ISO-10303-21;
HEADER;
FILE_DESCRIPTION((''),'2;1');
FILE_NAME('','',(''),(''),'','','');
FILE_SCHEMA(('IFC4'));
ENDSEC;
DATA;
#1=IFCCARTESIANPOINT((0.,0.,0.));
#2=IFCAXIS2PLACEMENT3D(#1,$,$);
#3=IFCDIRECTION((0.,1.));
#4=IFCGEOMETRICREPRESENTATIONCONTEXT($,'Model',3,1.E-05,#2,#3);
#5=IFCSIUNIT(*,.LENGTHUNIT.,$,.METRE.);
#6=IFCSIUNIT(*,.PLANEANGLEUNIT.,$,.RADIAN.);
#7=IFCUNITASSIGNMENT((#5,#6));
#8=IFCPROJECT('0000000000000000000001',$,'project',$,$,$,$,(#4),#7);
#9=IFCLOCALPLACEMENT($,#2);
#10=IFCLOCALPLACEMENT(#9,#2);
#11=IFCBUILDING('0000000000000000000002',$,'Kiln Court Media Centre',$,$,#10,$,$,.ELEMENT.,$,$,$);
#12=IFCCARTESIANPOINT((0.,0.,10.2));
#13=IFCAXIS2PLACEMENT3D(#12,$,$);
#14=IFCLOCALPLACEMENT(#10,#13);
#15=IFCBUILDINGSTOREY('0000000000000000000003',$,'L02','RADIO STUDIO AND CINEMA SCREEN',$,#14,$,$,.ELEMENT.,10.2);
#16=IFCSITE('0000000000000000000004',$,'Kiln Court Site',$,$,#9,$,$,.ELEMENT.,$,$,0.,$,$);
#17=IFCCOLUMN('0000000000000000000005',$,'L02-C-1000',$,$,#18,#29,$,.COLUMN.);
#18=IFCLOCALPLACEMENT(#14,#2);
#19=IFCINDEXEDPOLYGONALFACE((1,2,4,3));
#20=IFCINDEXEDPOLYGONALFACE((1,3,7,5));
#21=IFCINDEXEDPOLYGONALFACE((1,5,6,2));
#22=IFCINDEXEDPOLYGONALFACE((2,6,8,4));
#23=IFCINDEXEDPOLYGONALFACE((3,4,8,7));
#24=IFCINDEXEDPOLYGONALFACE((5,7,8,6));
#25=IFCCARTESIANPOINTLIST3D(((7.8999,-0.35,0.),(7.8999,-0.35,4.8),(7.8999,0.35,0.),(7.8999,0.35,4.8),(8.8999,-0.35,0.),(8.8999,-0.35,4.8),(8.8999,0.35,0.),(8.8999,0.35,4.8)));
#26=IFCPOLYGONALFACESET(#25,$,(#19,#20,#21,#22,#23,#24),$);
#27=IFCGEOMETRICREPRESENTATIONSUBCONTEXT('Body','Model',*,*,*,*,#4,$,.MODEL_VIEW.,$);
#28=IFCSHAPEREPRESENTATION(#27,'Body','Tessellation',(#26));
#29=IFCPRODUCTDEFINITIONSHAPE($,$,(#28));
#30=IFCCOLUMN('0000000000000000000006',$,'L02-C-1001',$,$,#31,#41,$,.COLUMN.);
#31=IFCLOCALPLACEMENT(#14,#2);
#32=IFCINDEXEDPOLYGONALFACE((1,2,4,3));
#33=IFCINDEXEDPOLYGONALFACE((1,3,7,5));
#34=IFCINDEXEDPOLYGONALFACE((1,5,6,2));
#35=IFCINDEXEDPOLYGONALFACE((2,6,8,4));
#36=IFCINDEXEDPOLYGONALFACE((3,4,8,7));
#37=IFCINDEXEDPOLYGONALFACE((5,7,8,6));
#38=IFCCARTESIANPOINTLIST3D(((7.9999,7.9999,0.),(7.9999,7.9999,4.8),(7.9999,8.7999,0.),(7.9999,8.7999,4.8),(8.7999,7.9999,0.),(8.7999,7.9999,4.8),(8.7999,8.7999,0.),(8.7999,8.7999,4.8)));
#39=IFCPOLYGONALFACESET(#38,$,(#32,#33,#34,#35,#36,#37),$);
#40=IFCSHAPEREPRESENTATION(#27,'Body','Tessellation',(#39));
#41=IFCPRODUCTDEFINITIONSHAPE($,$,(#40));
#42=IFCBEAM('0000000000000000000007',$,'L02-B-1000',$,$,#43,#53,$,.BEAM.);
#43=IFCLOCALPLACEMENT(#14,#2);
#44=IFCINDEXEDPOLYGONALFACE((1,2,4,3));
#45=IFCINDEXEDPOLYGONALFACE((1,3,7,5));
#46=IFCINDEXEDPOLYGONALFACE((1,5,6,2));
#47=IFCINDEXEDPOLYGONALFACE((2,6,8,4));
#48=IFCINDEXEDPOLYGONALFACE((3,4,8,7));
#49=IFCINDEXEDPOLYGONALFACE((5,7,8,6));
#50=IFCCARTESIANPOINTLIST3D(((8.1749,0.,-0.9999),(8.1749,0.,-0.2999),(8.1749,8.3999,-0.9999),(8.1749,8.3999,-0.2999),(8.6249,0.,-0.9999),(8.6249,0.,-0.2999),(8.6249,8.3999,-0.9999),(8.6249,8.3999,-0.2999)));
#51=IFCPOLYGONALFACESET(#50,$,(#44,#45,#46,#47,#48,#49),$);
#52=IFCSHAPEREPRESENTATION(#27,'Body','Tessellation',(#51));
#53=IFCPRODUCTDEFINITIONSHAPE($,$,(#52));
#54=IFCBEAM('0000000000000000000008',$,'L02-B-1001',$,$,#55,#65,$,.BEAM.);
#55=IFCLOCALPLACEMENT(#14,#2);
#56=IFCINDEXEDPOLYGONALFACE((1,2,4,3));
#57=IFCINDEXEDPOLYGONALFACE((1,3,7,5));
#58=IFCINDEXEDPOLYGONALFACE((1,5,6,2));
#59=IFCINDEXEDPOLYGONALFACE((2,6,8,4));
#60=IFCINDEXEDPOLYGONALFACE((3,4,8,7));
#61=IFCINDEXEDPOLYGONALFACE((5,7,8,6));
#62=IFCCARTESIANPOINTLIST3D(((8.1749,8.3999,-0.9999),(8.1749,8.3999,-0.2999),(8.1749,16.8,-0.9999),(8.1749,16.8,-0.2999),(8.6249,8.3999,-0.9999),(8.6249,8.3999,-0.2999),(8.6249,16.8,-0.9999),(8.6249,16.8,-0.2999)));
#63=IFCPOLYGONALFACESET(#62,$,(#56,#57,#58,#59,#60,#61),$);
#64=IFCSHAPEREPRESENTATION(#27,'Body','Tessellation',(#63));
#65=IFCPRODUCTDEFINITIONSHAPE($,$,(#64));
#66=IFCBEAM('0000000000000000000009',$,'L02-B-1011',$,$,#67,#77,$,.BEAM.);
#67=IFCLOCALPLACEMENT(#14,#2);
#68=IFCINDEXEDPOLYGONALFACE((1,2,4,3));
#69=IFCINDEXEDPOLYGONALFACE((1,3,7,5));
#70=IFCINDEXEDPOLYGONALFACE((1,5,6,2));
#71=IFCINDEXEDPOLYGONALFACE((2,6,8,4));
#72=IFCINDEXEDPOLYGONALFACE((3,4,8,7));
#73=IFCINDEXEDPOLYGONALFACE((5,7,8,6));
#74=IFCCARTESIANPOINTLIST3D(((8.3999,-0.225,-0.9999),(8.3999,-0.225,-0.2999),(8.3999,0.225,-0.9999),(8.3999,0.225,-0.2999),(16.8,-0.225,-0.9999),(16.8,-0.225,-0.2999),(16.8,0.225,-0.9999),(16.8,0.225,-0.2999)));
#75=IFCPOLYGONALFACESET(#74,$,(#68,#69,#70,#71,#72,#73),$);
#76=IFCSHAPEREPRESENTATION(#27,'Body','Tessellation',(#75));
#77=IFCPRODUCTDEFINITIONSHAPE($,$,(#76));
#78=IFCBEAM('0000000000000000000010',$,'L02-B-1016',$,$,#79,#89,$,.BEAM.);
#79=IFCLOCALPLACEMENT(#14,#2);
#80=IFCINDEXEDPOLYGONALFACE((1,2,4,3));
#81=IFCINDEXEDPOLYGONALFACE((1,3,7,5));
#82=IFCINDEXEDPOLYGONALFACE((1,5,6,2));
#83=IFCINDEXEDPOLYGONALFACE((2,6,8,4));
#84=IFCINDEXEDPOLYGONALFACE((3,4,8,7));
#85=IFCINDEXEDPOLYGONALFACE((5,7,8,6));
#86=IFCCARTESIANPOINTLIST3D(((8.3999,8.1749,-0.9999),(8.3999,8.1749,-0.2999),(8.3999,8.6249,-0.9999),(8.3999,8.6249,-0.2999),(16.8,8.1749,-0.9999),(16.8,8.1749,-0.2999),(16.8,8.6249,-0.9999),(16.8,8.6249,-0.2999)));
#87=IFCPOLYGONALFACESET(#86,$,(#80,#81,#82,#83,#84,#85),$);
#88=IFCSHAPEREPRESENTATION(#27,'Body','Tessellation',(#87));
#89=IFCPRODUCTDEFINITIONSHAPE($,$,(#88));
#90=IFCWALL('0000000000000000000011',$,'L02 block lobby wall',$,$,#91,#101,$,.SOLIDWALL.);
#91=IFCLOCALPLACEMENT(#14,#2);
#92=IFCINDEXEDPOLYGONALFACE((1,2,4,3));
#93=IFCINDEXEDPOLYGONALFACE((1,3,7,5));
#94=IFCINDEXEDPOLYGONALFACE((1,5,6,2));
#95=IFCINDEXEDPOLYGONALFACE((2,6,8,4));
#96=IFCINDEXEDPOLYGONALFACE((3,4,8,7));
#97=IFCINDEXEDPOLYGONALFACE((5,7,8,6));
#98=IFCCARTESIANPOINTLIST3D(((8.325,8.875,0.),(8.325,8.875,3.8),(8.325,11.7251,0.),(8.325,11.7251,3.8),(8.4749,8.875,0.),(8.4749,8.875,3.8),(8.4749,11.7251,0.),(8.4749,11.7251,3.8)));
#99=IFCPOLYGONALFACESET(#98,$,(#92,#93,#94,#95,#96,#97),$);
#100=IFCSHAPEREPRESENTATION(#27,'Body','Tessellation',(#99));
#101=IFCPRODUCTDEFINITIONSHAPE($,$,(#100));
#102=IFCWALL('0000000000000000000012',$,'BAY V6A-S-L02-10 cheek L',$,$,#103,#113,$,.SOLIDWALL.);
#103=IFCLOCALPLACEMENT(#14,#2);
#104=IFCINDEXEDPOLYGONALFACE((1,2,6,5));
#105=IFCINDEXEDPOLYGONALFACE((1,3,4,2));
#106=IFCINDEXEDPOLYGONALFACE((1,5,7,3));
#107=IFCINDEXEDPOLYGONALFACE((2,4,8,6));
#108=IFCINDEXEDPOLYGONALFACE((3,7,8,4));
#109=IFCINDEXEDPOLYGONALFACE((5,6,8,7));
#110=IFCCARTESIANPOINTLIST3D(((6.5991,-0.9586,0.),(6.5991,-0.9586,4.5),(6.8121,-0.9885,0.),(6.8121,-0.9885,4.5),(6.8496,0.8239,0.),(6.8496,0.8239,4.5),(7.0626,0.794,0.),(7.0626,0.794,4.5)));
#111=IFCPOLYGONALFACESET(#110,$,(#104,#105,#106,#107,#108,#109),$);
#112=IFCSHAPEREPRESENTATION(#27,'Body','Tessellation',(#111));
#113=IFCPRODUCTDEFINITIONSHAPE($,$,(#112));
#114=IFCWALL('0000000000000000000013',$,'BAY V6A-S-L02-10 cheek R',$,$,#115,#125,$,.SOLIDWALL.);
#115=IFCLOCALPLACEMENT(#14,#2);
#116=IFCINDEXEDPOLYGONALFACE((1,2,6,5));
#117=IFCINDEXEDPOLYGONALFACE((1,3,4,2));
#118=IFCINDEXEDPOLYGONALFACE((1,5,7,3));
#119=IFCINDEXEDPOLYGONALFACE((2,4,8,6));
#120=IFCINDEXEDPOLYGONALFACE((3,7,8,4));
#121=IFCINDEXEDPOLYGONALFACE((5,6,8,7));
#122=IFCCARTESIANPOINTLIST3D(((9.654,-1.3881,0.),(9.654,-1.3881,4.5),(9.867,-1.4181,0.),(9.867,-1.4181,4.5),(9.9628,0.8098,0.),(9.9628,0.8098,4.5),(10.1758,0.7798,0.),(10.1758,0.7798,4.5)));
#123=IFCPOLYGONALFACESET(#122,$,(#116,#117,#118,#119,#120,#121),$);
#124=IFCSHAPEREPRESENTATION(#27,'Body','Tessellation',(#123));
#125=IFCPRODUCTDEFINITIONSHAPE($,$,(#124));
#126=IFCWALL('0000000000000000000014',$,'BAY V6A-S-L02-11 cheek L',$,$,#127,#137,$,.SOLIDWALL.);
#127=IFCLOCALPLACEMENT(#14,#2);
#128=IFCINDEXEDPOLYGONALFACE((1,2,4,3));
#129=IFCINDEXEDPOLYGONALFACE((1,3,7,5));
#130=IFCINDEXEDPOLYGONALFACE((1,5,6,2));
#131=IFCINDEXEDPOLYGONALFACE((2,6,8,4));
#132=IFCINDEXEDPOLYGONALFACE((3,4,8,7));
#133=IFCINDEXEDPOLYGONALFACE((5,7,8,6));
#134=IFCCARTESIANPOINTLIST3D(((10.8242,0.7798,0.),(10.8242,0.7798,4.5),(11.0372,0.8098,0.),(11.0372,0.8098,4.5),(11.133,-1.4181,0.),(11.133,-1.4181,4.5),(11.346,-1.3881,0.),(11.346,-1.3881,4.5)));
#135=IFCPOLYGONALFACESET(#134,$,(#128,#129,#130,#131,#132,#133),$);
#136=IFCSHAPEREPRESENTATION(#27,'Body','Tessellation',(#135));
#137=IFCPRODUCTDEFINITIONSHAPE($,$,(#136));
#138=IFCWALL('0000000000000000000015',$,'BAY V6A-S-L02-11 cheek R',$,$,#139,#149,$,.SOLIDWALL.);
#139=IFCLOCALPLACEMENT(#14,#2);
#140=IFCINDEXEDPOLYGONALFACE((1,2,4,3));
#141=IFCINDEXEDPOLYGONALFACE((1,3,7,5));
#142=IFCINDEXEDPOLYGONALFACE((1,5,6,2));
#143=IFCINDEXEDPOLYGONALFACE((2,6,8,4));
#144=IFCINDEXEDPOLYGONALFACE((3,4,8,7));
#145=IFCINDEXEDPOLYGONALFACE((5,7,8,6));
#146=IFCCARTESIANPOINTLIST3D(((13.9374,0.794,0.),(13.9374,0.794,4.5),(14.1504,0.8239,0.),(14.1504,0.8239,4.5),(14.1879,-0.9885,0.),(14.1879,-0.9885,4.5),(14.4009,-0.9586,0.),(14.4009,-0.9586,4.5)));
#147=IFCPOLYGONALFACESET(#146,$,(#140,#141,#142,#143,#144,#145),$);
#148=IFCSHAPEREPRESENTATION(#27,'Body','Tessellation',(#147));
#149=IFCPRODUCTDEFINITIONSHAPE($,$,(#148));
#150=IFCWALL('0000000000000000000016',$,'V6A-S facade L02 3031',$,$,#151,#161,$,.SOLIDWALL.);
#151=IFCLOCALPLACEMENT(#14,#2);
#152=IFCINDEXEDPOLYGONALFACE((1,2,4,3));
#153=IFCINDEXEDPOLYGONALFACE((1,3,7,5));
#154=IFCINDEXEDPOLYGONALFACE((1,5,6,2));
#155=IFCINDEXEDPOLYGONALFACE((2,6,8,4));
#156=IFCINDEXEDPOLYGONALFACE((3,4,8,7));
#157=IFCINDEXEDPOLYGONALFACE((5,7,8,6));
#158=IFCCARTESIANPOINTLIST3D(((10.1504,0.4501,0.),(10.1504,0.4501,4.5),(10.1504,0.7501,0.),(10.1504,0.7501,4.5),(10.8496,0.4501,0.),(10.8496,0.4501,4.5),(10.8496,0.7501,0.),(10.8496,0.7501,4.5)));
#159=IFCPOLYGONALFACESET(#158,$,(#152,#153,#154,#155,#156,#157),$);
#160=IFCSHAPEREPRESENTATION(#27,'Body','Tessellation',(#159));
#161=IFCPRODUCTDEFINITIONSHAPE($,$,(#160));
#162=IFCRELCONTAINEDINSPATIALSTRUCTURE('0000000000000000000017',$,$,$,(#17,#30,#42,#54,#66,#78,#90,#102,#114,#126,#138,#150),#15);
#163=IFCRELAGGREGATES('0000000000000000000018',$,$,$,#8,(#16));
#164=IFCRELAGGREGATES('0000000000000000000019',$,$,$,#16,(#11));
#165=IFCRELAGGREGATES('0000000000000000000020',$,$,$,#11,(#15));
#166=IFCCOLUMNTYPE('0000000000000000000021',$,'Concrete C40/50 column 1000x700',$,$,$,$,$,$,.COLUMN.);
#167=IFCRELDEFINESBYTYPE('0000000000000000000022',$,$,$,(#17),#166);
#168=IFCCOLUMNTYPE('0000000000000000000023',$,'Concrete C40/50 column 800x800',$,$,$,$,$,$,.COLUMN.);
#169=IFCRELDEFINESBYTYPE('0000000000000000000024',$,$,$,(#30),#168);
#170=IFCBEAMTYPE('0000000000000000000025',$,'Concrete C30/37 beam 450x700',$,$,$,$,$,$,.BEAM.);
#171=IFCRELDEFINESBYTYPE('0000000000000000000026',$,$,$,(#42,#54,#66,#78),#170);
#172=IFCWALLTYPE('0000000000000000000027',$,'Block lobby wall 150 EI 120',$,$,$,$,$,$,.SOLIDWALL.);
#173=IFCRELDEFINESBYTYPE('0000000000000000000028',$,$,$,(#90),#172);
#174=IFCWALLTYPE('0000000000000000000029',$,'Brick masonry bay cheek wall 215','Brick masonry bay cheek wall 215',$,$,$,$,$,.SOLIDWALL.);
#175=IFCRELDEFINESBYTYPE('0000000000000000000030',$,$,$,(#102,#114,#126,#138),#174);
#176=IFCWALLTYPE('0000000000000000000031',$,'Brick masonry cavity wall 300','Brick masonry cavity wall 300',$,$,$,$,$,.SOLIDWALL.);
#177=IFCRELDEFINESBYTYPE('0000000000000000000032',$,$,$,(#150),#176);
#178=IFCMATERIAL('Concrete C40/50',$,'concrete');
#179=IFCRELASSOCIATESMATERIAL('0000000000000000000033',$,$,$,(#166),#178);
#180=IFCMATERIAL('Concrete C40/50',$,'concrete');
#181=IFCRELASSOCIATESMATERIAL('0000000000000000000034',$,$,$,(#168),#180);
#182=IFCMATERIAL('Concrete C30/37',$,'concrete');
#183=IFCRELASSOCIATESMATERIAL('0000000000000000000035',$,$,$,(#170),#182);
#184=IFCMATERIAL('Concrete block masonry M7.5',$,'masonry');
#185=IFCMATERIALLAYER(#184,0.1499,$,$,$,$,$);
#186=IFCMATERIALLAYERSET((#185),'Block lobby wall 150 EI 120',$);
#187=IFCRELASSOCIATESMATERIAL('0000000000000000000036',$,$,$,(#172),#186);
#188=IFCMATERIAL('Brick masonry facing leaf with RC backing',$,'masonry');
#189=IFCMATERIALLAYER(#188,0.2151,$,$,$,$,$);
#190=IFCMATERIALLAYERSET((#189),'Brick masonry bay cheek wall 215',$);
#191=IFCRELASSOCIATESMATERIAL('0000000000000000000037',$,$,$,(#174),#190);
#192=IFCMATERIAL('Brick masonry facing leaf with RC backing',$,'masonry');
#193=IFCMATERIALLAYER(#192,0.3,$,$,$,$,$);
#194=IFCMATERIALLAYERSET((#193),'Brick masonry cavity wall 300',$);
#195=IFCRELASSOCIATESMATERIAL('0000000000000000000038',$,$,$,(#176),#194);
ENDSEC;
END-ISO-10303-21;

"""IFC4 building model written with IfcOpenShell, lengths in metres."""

from ifc_helpers import new_model, si_unit, direction, frame, frame_2d, origin, origin_2d, place, context, subcontext, project, spatial, rectangle, extrude, material, layer, layer_set, material_profile, profile_set, type_object, element, save


model = new_model("IFC4")

# Units and contexts
model_context = context("Model", 3, precision=1e-05, world=origin(), true_north=direction((0.0, 1.0)))
body_context = subcontext(model_context, "Body", "Model", "MODEL_VIEW")
ifc_project = project(units=[si_unit("LENGTHUNIT", "METRE"), si_unit("PLANEANGLEUNIT", "RADIAN")], contexts=[model_context])

# Site, building, storey
site_placement = place(None, origin())
site = spatial("IfcSite", under=ifc_project, at=site_placement, Name="Kiln Court Site", CompositionType="ELEMENT", RefElevation=0.0)
building_placement = place(site_placement, origin())
building = spatial("IfcBuilding", under=site, at=building_placement, Name="Kiln Court Media Centre", CompositionType="ELEMENT")
storey_placement = place(building_placement, frame((0.0, 0.0, 10.2)))
storey = spatial("IfcBuildingStorey", under=building, at=storey_placement, Name="L02", Description="RADIO STUDIO AND CINEMA SCREEN", CompositionType="ELEMENT", Elevation=10.2)

# Columns
ifc_material_1 = material(Name="Concrete C40/50", Category="concrete")
ifc_material_profile_1 = material_profile(ifc_material_1, rectangle(XDim=1.0, YDim=0.7, at=origin_2d()), Name="RC 1000x700")
ifc_profile_set_1 = profile_set([ifc_material_profile_1], Name="Concrete C40/50")
column_type_1 = type_object("IfcColumnType", Name="Concrete C40/50 column 1000x700", PredefinedType="COLUMN", material=ifc_profile_set_1)
column_1_placement = place(storey_placement, frame((8.3999, 0.0, 0.0), z_axis=(0.0, 0.0, 1.0), x_axis=(1.0, 0.0, 0.0)))
element("IfcColumn", 1, at=column_1_placement, inside=storey, type_object=column_type_1, Name="L02-C-1000", PredefinedType="COLUMN", context=body_context, shape_type="SweptSolid", body=[
    extrude(rectangle(XDim=1.0, YDim=0.7, at=origin_2d()), origin(), (0.0, 0.0, 1.0), 4.8),
])
ifc_material_2 = material(Name="Concrete C40/50", Category="concrete")
ifc_material_profile_2 = material_profile(ifc_material_2, rectangle(XDim=0.8, YDim=0.8, at=origin_2d()), Name="RC 800x800")
ifc_profile_set_2 = profile_set([ifc_material_profile_2], Name="Concrete C40/50")
column_type_2 = type_object("IfcColumnType", Name="Concrete C40/50 column 800x800", PredefinedType="COLUMN", material=ifc_profile_set_2)
column_2_placement = place(storey_placement, frame((8.3999, 8.3999, 0.0), z_axis=(0.0, 0.0, 1.0), x_axis=(1.0, 0.0, 0.0)))
element("IfcColumn", 2, at=column_2_placement, inside=storey, type_object=column_type_2, Name="L02-C-1001", PredefinedType="COLUMN", context=body_context, shape_type="SweptSolid", body=[
    extrude(rectangle(XDim=0.8, YDim=0.8, at=origin_2d()), origin(), (0.0, 0.0, 1.0), 4.8),
])

# Beams
ifc_material_3 = material(Name="Concrete C30/37", Category="concrete")
ifc_material_profile_3 = material_profile(ifc_material_3, rectangle(XDim=0.45, YDim=0.7, at=origin_2d()), Name="RC 450x700")
ifc_profile_set_3 = profile_set([ifc_material_profile_3], Name="Concrete C30/37")
beam_type = type_object("IfcBeamType", Name="Concrete C30/37 beam 450x700", PredefinedType="BEAM", material=ifc_profile_set_3)
beam_placement = place(storey_placement, frame((8.3999, 0.0, -0.6499), z_axis=(0.0, 1.0, 0.0), x_axis=(-1.0, 0.0, 0.0)))
element("IfcBeam", 3, at=beam_placement, inside=storey, type_object=beam_type, Name="L02-B-1000", PredefinedType="BEAM", context=body_context, shape_type="SweptSolid", body=[
    extrude(rectangle(XDim=0.45, YDim=0.7, at=origin_2d()), origin(), (0.0, 0.0, 1.0), 8.3999),
])
for number, where, z_axis, x_axis, name in (
    (4, (8.3999, 8.3999, -0.6499), (0.0, 1.0, 0.0), (-1.0, 0.0, 0.0), "L02-B-1001"),
    (5, (8.3999, 0.0, -0.6499), (1.0, 0.0, 0.0), (0.0, 1.0, 0.0), "L02-B-1011"),
    (6, (8.3999, 8.3999, -0.6499), (1.0, 0.0, 0.0), (0.0, 1.0, 0.0), "L02-B-1016"),
):
    element("IfcBeam", number, at=place(storey_placement, frame(where, z_axis=z_axis, x_axis=x_axis)), inside=storey, type_object=beam_type, Name=name, PredefinedType="BEAM", context=body_context, shape_type="SweptSolid", body=[
        extrude(rectangle(XDim=0.45, YDim=0.7, at=origin_2d()), origin(), (0.0, 0.0, 1.0), 8.4001),
    ])

# Walls
ifc_material_4 = material(Name="Concrete block masonry M7.5", Category="masonry")
ifc_layer_1 = layer(ifc_material_4, 0.1499)
ifc_layer_set_1 = layer_set([ifc_layer_1], Name="Block lobby wall 150 EI 120")
wall_type_1 = type_object("IfcWallType", Name="Block lobby wall 150 EI 120", PredefinedType="SOLIDWALL", material=ifc_layer_set_1)
wall_1_placement = place(storey_placement, frame((8.3999, 8.875, 0.0), z_axis=(0.0, 0.0, 1.0), x_axis=(0.0, 1.0, 0.0)))
element("IfcWall", 7, at=wall_1_placement, inside=storey, type_object=wall_type_1, Name="L02 block lobby wall", PredefinedType="SOLIDWALL", context=body_context, shape_type="SweptSolid", body=[
    extrude(rectangle(XDim=2.8501, YDim=0.1499, at=frame_2d((1.425, 0.0))), origin(), (0.0, 0.0, 1.0), 3.8),
])
ifc_material_5 = material(Name="Brick masonry facing leaf with RC backing", Category="masonry")
ifc_layer_2 = layer(ifc_material_5, 0.2151)
ifc_layer_set_2 = layer_set([ifc_layer_2], Name="Brick masonry bay cheek wall 215")
wall_type_2 = type_object("IfcWallType", Name="Brick masonry bay cheek wall 215", Description="Brick masonry bay cheek wall 215", PredefinedType="SOLIDWALL", material=ifc_layer_set_2)
wall_2_placement = place(storey_placement, frame((6.9561, 0.8088, 0.0), z_axis=(0.0, 0.0, 1.0), x_axis=(-0.139161, -0.99027, 0.0)))
element("IfcWall", 8, at=wall_2_placement, inside=storey, type_object=wall_type_2, Name="BAY V6A-S-L02-10 cheek L", PredefinedType="SOLIDWALL", context=body_context, shape_type="SweptSolid", body=[
    extrude(rectangle(XDim=1.8, YDim=0.2151, at=frame_2d((0.8999, 0.0))), origin(), (0.0, 0.0, 1.0), 4.5),
])
for number, where, z_axis, x_axis, name in (
    (9, (10.0693, 0.7949, 0.0), (0.0, 0.0, 1.0), (-0.139142, -0.990272, 0.0), "BAY V6A-S-L02-10 cheek R"),
    (10, (10.9307, 0.7949, 0.0), (0.0, 0.0, 1.0), (0.139142, -0.990272, 0.0), "BAY V6A-S-L02-11 cheek L"),
):
    element("IfcWall", number, at=place(storey_placement, frame(where, z_axis=z_axis, x_axis=x_axis)), inside=storey, type_object=wall_type_2, Name=name, PredefinedType="SOLIDWALL", context=body_context, shape_type="SweptSolid", body=[
        extrude(rectangle(XDim=2.2195, YDim=0.2151, at=frame_2d((1.1099, 0.0))), origin(), (0.0, 0.0, 1.0), 4.5),
    ])
wall_3_placement = place(storey_placement, frame((14.0439, 0.8088, 0.0), z_axis=(0.0, 0.0, 1.0), x_axis=(0.139161, -0.99027, 0.0)))
element("IfcWall", 11, at=wall_3_placement, inside=storey, type_object=wall_type_2, Name="BAY V6A-S-L02-11 cheek R", PredefinedType="SOLIDWALL", context=body_context, shape_type="SweptSolid", body=[
    extrude(rectangle(XDim=1.8, YDim=0.2151, at=frame_2d((0.8999, 0.0))), origin(), (0.0, 0.0, 1.0), 4.5),
])
ifc_material_6 = material(Name="Brick masonry facing leaf with RC backing", Category="masonry")
ifc_layer_3 = layer(ifc_material_6, 0.3)
ifc_layer_set_3 = layer_set([ifc_layer_3], Name="Brick masonry cavity wall 300")
wall_type_3 = type_object("IfcWallType", Name="Brick masonry cavity wall 300", Description="Brick masonry cavity wall 300", PredefinedType="SOLIDWALL", material=ifc_layer_set_3)
wall_4_placement = place(storey_placement, frame((10.8496, 0.6001, 0.0), z_axis=(0.0, 0.0, 1.0), x_axis=(-1.0, 0.0, 0.0)))
element("IfcWall", 12, at=wall_4_placement, inside=storey, type_object=wall_type_3, Name="V6A-S facade L02 3031", PredefinedType="SOLIDWALL", context=body_context, shape_type="SweptSolid", body=[
    extrude(rectangle(XDim=0.6992, YDim=0.3, at=frame_2d((0.3496, 0.0))), origin(), (0.0, 0.0, 1.0), 4.5),
])

save(model, "model.ifc")
